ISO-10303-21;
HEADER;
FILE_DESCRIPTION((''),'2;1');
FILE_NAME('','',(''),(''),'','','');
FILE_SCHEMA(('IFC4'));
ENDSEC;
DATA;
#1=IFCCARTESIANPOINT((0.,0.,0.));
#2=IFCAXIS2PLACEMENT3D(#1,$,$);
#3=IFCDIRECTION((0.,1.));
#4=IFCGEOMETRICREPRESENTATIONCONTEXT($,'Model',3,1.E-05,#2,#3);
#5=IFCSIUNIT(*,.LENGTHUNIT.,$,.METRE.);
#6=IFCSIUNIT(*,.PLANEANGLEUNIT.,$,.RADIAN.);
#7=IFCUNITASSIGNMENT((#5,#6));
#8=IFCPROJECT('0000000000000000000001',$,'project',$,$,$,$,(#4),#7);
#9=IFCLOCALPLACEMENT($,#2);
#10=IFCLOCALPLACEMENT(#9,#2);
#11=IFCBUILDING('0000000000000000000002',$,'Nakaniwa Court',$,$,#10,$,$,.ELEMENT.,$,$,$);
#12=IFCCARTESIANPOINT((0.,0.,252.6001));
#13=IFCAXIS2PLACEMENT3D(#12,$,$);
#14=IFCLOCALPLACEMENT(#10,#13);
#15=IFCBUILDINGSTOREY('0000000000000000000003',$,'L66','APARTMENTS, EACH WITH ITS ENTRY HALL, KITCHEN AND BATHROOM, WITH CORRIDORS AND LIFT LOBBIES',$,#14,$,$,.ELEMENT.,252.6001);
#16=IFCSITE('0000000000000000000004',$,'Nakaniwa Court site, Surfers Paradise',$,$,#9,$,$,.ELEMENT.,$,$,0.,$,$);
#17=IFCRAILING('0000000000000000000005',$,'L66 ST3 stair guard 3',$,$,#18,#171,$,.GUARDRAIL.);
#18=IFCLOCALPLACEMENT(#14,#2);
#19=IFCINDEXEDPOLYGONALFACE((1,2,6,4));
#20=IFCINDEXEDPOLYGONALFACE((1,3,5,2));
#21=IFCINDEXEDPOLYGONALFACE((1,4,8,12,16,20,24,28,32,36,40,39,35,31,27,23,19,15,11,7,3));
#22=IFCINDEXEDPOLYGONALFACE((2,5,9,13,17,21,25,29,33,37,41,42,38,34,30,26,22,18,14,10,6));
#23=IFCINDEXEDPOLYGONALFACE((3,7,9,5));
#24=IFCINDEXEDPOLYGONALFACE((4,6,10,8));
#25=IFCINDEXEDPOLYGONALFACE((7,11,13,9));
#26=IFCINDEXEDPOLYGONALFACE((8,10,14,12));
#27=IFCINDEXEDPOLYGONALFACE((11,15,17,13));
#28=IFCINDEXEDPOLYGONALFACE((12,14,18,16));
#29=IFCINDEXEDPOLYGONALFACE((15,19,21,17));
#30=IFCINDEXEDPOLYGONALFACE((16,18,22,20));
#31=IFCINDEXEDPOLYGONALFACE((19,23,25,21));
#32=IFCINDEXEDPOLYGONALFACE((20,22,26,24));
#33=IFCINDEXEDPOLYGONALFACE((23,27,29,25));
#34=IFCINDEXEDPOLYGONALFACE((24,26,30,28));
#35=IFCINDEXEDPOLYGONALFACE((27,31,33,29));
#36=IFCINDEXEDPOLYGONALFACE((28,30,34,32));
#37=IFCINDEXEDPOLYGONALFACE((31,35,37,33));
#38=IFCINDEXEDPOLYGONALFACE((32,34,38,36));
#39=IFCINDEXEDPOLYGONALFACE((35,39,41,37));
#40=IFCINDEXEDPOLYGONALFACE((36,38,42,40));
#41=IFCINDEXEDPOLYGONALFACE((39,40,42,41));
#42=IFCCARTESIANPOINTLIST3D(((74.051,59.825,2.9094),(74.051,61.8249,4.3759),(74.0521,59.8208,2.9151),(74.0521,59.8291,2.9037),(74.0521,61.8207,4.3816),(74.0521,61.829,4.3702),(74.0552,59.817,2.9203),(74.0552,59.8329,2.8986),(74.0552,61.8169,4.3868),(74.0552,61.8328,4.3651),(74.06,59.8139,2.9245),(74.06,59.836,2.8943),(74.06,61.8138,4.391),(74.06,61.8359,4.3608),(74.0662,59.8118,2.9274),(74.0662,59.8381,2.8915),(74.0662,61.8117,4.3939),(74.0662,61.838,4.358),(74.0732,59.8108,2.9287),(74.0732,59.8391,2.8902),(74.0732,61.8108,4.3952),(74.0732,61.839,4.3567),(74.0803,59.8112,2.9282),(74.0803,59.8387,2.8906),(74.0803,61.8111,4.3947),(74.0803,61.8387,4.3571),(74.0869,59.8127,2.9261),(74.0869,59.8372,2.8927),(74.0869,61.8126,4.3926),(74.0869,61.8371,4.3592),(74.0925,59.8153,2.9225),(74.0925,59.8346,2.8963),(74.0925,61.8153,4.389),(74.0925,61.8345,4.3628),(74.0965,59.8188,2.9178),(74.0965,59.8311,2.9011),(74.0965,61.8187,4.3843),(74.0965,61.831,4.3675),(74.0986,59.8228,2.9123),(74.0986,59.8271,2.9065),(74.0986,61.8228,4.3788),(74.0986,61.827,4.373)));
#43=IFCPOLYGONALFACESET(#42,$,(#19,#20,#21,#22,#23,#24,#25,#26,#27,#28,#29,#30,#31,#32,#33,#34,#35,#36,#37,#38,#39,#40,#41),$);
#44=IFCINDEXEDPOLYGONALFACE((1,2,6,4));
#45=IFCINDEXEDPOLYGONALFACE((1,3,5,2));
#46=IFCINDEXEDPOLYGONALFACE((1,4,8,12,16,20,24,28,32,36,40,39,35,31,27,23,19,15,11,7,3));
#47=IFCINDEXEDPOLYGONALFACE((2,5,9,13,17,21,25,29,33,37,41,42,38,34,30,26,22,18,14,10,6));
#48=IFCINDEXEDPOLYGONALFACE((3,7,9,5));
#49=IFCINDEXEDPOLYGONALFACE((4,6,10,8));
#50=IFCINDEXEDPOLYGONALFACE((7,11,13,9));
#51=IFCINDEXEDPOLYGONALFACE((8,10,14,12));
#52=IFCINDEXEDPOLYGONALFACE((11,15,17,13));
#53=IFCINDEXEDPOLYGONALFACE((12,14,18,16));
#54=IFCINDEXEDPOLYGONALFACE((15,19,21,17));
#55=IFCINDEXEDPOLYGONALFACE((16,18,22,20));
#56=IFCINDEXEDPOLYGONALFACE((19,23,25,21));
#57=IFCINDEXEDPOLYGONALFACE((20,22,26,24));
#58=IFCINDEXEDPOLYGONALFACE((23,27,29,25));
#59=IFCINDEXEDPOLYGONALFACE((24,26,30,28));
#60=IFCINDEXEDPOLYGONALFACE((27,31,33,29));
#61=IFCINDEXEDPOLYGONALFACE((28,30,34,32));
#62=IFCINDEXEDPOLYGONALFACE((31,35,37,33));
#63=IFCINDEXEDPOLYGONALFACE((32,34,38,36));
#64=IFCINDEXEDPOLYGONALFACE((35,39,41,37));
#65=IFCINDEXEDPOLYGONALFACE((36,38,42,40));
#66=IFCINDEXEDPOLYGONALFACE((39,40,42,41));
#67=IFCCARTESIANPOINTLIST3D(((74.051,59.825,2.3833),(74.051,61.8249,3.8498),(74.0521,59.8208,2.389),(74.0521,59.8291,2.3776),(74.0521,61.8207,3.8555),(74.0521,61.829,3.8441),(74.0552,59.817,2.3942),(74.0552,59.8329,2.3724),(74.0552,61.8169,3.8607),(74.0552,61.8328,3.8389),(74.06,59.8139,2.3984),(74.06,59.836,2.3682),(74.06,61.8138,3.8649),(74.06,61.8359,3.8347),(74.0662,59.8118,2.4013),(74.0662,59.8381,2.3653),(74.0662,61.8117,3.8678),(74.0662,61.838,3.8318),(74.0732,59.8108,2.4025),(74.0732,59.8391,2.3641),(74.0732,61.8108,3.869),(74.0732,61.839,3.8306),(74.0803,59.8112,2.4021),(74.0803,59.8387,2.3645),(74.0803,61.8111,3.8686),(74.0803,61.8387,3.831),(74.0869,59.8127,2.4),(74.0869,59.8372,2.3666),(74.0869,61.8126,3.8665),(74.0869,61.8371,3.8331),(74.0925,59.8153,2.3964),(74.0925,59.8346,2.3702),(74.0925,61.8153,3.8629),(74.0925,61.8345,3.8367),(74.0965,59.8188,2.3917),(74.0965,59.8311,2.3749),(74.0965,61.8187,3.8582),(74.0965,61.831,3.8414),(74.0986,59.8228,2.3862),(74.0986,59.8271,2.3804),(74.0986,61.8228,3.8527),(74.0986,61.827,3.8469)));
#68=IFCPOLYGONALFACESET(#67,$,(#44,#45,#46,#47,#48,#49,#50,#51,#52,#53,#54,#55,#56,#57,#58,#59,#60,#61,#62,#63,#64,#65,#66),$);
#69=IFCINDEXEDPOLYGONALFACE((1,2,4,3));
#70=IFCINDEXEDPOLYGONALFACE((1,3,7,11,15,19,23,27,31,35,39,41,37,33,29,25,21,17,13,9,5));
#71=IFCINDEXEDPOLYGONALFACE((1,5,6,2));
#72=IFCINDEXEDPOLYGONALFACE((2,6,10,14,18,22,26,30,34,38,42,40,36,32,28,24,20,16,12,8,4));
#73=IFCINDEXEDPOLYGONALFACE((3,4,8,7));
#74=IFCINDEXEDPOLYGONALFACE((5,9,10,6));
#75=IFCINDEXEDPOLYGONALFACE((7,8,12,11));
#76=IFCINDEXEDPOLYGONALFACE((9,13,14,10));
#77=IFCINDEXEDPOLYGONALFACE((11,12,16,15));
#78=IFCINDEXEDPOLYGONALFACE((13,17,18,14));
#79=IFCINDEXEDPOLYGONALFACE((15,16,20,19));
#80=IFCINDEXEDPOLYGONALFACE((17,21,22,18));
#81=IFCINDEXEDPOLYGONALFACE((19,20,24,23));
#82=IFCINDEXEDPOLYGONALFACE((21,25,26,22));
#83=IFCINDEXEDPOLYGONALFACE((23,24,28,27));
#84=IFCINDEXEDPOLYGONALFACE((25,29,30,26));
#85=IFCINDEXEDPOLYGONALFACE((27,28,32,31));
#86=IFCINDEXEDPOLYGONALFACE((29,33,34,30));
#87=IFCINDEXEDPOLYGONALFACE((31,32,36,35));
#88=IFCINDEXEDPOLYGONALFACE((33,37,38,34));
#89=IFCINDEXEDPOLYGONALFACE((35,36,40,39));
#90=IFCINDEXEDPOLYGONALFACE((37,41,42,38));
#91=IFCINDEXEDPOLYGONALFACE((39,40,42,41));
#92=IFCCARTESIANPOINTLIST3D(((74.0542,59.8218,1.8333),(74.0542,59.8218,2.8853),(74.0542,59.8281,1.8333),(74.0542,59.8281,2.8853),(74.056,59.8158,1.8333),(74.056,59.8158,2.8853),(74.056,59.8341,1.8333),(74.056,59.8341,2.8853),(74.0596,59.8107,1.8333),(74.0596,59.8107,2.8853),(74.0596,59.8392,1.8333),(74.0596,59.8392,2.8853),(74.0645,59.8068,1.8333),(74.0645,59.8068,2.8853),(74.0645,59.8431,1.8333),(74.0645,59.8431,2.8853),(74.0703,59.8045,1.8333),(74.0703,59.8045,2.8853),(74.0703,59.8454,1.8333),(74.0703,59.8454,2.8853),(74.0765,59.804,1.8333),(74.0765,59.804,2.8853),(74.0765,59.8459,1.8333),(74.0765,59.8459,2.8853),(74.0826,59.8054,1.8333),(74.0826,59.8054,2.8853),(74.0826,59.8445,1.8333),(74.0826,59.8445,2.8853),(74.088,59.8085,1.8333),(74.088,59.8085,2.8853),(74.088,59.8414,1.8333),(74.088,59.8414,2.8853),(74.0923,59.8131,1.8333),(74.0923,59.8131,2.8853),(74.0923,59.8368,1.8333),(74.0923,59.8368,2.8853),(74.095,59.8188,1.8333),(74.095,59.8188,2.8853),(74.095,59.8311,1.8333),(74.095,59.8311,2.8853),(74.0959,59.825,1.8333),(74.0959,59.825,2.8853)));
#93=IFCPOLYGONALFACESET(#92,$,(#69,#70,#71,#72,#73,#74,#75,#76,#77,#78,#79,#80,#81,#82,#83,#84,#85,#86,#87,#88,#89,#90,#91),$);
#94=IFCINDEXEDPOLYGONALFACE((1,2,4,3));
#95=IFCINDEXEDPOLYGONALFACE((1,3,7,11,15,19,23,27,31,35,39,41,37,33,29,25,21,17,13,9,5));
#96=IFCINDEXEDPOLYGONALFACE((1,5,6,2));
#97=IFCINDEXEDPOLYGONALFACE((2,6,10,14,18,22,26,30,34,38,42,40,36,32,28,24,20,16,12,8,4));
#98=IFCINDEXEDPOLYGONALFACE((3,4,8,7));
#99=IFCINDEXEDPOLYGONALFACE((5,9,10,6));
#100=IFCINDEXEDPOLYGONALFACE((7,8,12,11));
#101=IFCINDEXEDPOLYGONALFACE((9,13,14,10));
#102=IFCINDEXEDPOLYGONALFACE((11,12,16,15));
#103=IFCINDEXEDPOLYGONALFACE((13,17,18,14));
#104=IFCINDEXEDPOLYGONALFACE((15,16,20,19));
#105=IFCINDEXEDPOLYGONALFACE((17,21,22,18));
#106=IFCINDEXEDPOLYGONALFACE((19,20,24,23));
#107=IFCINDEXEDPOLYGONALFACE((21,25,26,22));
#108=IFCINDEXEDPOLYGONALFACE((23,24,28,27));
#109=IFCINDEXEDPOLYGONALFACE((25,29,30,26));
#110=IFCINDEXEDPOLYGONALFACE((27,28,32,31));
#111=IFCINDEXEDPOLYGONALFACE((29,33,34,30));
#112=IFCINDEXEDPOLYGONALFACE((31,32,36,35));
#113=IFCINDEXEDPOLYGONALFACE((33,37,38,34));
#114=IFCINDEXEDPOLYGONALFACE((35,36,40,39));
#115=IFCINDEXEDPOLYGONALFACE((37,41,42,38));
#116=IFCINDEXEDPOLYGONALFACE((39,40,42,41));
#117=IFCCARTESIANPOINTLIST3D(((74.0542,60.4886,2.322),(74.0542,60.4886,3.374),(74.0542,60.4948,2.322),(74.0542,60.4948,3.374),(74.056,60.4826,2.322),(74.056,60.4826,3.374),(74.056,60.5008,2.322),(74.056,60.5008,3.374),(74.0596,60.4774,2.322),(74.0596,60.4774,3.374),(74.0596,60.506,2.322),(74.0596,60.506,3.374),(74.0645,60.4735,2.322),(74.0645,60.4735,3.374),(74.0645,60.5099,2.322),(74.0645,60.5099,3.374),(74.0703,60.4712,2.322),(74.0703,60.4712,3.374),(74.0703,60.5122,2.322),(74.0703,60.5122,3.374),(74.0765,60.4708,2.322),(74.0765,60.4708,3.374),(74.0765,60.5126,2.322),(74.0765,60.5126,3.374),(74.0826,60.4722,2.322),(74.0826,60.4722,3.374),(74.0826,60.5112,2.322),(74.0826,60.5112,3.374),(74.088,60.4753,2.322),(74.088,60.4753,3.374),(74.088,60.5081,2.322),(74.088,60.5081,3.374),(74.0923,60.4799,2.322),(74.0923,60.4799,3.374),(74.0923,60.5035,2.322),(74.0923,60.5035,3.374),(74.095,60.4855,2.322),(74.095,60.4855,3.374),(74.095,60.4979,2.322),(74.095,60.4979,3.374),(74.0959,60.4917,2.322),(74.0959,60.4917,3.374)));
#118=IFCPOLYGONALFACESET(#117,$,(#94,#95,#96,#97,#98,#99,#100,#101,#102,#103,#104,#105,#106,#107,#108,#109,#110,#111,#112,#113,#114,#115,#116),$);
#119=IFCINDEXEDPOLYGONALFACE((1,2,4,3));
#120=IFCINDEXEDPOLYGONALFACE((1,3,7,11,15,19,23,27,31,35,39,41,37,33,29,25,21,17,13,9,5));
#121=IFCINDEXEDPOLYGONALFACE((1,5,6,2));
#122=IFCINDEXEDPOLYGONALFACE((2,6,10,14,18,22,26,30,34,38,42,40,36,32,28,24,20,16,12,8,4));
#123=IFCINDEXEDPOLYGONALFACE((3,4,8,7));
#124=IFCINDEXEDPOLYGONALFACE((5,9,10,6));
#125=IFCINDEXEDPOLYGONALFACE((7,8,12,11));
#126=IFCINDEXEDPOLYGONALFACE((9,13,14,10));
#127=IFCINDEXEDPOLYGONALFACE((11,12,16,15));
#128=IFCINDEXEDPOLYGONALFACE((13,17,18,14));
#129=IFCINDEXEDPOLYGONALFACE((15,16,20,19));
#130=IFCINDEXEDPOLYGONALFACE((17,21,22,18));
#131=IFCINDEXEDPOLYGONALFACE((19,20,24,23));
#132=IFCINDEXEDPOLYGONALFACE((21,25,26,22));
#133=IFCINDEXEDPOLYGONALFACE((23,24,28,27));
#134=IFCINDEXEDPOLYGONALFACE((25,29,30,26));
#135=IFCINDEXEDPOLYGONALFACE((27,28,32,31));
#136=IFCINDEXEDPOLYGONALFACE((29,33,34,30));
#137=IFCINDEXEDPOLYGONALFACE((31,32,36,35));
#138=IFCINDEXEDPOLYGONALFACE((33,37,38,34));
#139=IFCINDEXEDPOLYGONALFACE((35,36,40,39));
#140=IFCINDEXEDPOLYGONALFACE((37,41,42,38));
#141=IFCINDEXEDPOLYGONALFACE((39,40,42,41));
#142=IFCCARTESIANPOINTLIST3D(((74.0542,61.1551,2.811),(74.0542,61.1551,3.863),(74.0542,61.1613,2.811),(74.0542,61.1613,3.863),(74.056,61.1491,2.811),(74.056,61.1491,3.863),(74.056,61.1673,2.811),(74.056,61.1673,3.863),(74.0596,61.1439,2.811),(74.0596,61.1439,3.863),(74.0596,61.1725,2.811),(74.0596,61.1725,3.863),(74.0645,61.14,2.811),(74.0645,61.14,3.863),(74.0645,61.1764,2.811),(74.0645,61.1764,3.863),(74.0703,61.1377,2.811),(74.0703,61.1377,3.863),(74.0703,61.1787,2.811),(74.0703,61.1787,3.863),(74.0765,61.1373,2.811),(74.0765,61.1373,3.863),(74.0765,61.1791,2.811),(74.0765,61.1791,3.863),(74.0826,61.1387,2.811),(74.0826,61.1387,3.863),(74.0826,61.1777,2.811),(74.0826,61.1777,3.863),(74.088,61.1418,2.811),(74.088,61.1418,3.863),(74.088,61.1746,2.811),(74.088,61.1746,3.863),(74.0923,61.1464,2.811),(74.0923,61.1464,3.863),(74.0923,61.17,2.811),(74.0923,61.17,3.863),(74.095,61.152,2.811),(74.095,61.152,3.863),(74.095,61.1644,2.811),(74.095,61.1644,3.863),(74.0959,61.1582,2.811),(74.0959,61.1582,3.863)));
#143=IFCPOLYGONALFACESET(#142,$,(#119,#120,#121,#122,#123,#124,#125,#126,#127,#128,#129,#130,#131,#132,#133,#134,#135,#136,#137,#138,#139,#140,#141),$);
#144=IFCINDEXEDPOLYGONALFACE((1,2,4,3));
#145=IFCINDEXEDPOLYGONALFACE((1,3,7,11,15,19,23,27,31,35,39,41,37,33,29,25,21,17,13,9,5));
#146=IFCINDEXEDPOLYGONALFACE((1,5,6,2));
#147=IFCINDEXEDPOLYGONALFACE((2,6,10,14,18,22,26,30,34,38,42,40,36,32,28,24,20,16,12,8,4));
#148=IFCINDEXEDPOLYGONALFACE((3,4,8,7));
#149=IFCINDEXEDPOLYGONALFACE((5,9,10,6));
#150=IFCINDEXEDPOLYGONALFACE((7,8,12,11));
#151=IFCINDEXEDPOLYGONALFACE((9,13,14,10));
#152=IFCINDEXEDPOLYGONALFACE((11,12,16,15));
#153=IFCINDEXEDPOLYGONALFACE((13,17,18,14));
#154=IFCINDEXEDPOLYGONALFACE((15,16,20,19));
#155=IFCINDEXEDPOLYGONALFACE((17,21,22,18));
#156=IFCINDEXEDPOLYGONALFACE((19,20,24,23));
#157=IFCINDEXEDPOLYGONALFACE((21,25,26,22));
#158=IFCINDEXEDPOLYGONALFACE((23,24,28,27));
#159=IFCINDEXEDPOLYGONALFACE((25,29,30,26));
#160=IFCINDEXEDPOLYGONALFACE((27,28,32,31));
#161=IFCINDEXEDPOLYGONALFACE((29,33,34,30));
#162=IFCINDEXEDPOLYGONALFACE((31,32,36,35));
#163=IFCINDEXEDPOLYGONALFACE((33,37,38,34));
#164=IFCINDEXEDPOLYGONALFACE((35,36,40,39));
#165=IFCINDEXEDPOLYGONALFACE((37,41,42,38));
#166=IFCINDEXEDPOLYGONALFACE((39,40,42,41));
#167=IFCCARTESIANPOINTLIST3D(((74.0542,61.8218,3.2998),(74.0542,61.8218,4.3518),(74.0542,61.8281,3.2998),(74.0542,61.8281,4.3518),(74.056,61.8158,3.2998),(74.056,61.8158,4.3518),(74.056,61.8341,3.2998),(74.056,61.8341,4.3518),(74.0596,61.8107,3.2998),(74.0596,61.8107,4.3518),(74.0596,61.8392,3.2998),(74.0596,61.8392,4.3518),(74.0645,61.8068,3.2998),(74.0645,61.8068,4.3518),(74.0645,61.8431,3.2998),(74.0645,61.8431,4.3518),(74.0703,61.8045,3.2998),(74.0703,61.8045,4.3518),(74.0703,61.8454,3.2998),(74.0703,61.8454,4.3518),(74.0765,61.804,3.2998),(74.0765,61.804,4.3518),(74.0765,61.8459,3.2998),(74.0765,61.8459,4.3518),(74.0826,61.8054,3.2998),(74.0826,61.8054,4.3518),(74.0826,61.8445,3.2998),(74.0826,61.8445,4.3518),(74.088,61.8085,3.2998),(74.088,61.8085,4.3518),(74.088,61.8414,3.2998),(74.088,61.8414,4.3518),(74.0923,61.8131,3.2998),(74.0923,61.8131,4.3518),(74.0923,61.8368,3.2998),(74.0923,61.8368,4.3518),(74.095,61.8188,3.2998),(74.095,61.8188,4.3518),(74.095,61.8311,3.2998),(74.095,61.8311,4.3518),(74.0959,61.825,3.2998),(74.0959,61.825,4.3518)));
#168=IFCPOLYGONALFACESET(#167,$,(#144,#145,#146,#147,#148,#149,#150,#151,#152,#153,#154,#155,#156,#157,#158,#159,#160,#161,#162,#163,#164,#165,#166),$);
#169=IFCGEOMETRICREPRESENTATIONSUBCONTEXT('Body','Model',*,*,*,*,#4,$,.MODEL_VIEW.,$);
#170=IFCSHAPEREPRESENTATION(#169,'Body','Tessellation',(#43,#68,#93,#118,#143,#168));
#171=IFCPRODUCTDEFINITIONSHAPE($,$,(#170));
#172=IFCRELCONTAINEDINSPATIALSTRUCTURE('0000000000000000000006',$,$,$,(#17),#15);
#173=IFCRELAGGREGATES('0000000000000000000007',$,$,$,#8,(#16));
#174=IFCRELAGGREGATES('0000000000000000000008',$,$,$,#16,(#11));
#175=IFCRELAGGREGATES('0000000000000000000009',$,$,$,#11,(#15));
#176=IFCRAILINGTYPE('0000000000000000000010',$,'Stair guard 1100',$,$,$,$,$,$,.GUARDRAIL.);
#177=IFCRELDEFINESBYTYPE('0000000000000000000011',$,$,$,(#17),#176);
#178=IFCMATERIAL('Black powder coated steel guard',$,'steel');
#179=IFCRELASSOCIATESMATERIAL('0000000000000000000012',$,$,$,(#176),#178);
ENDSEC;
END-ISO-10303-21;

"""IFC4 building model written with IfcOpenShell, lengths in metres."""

from ifc_helpers import new_model, si_unit, direction, frame, origin, origin_2d, place, context, subcontext, project, spatial, circle, extrude, material, type_object, element, save


model = new_model("IFC4")

# Units and contexts
model_context = context("Model", 3, precision=1e-05, world=origin(), true_north=direction((0.0, 1.0)))
body_context = subcontext(model_context, "Body", "Model", "MODEL_VIEW")
ifc_project = project(units=[si_unit("LENGTHUNIT", "METRE"), si_unit("PLANEANGLEUNIT", "RADIAN")], contexts=[model_context])

# Site, building, storey
site_placement = place(None, origin())
site = spatial("IfcSite", under=ifc_project, at=site_placement, Name="Nakaniwa Court site, Surfers Paradise", CompositionType="ELEMENT", RefElevation=0.0)
building_placement = place(site_placement, origin())
building = spatial("IfcBuilding", under=site, at=building_placement, Name="Nakaniwa Court", CompositionType="ELEMENT")
storey_placement = place(building_placement, frame((0.0, 0.0, 252.6001)))
storey = spatial("IfcBuildingStorey", under=building, at=storey_placement, Name="L66", Description="APARTMENTS, EACH WITH ITS ENTRY HALL, KITCHEN AND BATHROOM, WITH CORRIDORS AND LIFT LOBBIES", CompositionType="ELEMENT", Elevation=252.6001)

# Railing
ifc_material_1 = material(Name="Black powder coated steel guard", Category="steel")
railing_type_1 = type_object("IfcRailingType", Name="Stair guard 1100", PredefinedType="GUARDRAIL", material=ifc_material_1)
railing_1_placement = place(storey_placement, frame((74.075, 59.825, 1.8333)))
element("IfcRailing", 1, at=railing_1_placement, inside=storey, type_object=railing_type_1, Name="L66 ST3 stair guard 3", PredefinedType="GUARDRAIL", context=body_context, shape_type="SweptSolid", body=[
    extrude(circle(Radius=0.0239, at=origin_2d()), frame((0.0, 0.0, 1.0762), z_axis=(0.0, 0.806427, 0.591334), x_axis=(-1.0, 0.0, 0.0)), (0.0, 0.0, 1.0), 2.48),
    extrude(circle(Radius=0.0239, at=origin_2d()), frame((0.0, 0.0, 0.55), z_axis=(0.0, 0.806427, 0.591334), x_axis=(-1.0, 0.0, 0.0)), (0.0, 0.0, 1.0), 2.48),
    extrude(circle(Radius=0.021, at=origin_2d()), origin(), (0.0, 0.0, 1.0), 1.052),
    extrude(circle(Radius=0.021, at=origin_2d()), frame((0.0, 0.6667, 0.4888)), (0.0, 0.0, 1.0), 1.052),
    extrude(circle(Radius=0.021, at=origin_2d()), frame((0.0, 1.3333, 0.9778)), (0.0, 0.0, 1.0), 1.052),
    extrude(circle(Radius=0.021, at=origin_2d()), frame((0.0, 2.0, 1.4666)), (0.0, 0.0, 1.0), 1.052),
])

save(model, "model.ifc")
